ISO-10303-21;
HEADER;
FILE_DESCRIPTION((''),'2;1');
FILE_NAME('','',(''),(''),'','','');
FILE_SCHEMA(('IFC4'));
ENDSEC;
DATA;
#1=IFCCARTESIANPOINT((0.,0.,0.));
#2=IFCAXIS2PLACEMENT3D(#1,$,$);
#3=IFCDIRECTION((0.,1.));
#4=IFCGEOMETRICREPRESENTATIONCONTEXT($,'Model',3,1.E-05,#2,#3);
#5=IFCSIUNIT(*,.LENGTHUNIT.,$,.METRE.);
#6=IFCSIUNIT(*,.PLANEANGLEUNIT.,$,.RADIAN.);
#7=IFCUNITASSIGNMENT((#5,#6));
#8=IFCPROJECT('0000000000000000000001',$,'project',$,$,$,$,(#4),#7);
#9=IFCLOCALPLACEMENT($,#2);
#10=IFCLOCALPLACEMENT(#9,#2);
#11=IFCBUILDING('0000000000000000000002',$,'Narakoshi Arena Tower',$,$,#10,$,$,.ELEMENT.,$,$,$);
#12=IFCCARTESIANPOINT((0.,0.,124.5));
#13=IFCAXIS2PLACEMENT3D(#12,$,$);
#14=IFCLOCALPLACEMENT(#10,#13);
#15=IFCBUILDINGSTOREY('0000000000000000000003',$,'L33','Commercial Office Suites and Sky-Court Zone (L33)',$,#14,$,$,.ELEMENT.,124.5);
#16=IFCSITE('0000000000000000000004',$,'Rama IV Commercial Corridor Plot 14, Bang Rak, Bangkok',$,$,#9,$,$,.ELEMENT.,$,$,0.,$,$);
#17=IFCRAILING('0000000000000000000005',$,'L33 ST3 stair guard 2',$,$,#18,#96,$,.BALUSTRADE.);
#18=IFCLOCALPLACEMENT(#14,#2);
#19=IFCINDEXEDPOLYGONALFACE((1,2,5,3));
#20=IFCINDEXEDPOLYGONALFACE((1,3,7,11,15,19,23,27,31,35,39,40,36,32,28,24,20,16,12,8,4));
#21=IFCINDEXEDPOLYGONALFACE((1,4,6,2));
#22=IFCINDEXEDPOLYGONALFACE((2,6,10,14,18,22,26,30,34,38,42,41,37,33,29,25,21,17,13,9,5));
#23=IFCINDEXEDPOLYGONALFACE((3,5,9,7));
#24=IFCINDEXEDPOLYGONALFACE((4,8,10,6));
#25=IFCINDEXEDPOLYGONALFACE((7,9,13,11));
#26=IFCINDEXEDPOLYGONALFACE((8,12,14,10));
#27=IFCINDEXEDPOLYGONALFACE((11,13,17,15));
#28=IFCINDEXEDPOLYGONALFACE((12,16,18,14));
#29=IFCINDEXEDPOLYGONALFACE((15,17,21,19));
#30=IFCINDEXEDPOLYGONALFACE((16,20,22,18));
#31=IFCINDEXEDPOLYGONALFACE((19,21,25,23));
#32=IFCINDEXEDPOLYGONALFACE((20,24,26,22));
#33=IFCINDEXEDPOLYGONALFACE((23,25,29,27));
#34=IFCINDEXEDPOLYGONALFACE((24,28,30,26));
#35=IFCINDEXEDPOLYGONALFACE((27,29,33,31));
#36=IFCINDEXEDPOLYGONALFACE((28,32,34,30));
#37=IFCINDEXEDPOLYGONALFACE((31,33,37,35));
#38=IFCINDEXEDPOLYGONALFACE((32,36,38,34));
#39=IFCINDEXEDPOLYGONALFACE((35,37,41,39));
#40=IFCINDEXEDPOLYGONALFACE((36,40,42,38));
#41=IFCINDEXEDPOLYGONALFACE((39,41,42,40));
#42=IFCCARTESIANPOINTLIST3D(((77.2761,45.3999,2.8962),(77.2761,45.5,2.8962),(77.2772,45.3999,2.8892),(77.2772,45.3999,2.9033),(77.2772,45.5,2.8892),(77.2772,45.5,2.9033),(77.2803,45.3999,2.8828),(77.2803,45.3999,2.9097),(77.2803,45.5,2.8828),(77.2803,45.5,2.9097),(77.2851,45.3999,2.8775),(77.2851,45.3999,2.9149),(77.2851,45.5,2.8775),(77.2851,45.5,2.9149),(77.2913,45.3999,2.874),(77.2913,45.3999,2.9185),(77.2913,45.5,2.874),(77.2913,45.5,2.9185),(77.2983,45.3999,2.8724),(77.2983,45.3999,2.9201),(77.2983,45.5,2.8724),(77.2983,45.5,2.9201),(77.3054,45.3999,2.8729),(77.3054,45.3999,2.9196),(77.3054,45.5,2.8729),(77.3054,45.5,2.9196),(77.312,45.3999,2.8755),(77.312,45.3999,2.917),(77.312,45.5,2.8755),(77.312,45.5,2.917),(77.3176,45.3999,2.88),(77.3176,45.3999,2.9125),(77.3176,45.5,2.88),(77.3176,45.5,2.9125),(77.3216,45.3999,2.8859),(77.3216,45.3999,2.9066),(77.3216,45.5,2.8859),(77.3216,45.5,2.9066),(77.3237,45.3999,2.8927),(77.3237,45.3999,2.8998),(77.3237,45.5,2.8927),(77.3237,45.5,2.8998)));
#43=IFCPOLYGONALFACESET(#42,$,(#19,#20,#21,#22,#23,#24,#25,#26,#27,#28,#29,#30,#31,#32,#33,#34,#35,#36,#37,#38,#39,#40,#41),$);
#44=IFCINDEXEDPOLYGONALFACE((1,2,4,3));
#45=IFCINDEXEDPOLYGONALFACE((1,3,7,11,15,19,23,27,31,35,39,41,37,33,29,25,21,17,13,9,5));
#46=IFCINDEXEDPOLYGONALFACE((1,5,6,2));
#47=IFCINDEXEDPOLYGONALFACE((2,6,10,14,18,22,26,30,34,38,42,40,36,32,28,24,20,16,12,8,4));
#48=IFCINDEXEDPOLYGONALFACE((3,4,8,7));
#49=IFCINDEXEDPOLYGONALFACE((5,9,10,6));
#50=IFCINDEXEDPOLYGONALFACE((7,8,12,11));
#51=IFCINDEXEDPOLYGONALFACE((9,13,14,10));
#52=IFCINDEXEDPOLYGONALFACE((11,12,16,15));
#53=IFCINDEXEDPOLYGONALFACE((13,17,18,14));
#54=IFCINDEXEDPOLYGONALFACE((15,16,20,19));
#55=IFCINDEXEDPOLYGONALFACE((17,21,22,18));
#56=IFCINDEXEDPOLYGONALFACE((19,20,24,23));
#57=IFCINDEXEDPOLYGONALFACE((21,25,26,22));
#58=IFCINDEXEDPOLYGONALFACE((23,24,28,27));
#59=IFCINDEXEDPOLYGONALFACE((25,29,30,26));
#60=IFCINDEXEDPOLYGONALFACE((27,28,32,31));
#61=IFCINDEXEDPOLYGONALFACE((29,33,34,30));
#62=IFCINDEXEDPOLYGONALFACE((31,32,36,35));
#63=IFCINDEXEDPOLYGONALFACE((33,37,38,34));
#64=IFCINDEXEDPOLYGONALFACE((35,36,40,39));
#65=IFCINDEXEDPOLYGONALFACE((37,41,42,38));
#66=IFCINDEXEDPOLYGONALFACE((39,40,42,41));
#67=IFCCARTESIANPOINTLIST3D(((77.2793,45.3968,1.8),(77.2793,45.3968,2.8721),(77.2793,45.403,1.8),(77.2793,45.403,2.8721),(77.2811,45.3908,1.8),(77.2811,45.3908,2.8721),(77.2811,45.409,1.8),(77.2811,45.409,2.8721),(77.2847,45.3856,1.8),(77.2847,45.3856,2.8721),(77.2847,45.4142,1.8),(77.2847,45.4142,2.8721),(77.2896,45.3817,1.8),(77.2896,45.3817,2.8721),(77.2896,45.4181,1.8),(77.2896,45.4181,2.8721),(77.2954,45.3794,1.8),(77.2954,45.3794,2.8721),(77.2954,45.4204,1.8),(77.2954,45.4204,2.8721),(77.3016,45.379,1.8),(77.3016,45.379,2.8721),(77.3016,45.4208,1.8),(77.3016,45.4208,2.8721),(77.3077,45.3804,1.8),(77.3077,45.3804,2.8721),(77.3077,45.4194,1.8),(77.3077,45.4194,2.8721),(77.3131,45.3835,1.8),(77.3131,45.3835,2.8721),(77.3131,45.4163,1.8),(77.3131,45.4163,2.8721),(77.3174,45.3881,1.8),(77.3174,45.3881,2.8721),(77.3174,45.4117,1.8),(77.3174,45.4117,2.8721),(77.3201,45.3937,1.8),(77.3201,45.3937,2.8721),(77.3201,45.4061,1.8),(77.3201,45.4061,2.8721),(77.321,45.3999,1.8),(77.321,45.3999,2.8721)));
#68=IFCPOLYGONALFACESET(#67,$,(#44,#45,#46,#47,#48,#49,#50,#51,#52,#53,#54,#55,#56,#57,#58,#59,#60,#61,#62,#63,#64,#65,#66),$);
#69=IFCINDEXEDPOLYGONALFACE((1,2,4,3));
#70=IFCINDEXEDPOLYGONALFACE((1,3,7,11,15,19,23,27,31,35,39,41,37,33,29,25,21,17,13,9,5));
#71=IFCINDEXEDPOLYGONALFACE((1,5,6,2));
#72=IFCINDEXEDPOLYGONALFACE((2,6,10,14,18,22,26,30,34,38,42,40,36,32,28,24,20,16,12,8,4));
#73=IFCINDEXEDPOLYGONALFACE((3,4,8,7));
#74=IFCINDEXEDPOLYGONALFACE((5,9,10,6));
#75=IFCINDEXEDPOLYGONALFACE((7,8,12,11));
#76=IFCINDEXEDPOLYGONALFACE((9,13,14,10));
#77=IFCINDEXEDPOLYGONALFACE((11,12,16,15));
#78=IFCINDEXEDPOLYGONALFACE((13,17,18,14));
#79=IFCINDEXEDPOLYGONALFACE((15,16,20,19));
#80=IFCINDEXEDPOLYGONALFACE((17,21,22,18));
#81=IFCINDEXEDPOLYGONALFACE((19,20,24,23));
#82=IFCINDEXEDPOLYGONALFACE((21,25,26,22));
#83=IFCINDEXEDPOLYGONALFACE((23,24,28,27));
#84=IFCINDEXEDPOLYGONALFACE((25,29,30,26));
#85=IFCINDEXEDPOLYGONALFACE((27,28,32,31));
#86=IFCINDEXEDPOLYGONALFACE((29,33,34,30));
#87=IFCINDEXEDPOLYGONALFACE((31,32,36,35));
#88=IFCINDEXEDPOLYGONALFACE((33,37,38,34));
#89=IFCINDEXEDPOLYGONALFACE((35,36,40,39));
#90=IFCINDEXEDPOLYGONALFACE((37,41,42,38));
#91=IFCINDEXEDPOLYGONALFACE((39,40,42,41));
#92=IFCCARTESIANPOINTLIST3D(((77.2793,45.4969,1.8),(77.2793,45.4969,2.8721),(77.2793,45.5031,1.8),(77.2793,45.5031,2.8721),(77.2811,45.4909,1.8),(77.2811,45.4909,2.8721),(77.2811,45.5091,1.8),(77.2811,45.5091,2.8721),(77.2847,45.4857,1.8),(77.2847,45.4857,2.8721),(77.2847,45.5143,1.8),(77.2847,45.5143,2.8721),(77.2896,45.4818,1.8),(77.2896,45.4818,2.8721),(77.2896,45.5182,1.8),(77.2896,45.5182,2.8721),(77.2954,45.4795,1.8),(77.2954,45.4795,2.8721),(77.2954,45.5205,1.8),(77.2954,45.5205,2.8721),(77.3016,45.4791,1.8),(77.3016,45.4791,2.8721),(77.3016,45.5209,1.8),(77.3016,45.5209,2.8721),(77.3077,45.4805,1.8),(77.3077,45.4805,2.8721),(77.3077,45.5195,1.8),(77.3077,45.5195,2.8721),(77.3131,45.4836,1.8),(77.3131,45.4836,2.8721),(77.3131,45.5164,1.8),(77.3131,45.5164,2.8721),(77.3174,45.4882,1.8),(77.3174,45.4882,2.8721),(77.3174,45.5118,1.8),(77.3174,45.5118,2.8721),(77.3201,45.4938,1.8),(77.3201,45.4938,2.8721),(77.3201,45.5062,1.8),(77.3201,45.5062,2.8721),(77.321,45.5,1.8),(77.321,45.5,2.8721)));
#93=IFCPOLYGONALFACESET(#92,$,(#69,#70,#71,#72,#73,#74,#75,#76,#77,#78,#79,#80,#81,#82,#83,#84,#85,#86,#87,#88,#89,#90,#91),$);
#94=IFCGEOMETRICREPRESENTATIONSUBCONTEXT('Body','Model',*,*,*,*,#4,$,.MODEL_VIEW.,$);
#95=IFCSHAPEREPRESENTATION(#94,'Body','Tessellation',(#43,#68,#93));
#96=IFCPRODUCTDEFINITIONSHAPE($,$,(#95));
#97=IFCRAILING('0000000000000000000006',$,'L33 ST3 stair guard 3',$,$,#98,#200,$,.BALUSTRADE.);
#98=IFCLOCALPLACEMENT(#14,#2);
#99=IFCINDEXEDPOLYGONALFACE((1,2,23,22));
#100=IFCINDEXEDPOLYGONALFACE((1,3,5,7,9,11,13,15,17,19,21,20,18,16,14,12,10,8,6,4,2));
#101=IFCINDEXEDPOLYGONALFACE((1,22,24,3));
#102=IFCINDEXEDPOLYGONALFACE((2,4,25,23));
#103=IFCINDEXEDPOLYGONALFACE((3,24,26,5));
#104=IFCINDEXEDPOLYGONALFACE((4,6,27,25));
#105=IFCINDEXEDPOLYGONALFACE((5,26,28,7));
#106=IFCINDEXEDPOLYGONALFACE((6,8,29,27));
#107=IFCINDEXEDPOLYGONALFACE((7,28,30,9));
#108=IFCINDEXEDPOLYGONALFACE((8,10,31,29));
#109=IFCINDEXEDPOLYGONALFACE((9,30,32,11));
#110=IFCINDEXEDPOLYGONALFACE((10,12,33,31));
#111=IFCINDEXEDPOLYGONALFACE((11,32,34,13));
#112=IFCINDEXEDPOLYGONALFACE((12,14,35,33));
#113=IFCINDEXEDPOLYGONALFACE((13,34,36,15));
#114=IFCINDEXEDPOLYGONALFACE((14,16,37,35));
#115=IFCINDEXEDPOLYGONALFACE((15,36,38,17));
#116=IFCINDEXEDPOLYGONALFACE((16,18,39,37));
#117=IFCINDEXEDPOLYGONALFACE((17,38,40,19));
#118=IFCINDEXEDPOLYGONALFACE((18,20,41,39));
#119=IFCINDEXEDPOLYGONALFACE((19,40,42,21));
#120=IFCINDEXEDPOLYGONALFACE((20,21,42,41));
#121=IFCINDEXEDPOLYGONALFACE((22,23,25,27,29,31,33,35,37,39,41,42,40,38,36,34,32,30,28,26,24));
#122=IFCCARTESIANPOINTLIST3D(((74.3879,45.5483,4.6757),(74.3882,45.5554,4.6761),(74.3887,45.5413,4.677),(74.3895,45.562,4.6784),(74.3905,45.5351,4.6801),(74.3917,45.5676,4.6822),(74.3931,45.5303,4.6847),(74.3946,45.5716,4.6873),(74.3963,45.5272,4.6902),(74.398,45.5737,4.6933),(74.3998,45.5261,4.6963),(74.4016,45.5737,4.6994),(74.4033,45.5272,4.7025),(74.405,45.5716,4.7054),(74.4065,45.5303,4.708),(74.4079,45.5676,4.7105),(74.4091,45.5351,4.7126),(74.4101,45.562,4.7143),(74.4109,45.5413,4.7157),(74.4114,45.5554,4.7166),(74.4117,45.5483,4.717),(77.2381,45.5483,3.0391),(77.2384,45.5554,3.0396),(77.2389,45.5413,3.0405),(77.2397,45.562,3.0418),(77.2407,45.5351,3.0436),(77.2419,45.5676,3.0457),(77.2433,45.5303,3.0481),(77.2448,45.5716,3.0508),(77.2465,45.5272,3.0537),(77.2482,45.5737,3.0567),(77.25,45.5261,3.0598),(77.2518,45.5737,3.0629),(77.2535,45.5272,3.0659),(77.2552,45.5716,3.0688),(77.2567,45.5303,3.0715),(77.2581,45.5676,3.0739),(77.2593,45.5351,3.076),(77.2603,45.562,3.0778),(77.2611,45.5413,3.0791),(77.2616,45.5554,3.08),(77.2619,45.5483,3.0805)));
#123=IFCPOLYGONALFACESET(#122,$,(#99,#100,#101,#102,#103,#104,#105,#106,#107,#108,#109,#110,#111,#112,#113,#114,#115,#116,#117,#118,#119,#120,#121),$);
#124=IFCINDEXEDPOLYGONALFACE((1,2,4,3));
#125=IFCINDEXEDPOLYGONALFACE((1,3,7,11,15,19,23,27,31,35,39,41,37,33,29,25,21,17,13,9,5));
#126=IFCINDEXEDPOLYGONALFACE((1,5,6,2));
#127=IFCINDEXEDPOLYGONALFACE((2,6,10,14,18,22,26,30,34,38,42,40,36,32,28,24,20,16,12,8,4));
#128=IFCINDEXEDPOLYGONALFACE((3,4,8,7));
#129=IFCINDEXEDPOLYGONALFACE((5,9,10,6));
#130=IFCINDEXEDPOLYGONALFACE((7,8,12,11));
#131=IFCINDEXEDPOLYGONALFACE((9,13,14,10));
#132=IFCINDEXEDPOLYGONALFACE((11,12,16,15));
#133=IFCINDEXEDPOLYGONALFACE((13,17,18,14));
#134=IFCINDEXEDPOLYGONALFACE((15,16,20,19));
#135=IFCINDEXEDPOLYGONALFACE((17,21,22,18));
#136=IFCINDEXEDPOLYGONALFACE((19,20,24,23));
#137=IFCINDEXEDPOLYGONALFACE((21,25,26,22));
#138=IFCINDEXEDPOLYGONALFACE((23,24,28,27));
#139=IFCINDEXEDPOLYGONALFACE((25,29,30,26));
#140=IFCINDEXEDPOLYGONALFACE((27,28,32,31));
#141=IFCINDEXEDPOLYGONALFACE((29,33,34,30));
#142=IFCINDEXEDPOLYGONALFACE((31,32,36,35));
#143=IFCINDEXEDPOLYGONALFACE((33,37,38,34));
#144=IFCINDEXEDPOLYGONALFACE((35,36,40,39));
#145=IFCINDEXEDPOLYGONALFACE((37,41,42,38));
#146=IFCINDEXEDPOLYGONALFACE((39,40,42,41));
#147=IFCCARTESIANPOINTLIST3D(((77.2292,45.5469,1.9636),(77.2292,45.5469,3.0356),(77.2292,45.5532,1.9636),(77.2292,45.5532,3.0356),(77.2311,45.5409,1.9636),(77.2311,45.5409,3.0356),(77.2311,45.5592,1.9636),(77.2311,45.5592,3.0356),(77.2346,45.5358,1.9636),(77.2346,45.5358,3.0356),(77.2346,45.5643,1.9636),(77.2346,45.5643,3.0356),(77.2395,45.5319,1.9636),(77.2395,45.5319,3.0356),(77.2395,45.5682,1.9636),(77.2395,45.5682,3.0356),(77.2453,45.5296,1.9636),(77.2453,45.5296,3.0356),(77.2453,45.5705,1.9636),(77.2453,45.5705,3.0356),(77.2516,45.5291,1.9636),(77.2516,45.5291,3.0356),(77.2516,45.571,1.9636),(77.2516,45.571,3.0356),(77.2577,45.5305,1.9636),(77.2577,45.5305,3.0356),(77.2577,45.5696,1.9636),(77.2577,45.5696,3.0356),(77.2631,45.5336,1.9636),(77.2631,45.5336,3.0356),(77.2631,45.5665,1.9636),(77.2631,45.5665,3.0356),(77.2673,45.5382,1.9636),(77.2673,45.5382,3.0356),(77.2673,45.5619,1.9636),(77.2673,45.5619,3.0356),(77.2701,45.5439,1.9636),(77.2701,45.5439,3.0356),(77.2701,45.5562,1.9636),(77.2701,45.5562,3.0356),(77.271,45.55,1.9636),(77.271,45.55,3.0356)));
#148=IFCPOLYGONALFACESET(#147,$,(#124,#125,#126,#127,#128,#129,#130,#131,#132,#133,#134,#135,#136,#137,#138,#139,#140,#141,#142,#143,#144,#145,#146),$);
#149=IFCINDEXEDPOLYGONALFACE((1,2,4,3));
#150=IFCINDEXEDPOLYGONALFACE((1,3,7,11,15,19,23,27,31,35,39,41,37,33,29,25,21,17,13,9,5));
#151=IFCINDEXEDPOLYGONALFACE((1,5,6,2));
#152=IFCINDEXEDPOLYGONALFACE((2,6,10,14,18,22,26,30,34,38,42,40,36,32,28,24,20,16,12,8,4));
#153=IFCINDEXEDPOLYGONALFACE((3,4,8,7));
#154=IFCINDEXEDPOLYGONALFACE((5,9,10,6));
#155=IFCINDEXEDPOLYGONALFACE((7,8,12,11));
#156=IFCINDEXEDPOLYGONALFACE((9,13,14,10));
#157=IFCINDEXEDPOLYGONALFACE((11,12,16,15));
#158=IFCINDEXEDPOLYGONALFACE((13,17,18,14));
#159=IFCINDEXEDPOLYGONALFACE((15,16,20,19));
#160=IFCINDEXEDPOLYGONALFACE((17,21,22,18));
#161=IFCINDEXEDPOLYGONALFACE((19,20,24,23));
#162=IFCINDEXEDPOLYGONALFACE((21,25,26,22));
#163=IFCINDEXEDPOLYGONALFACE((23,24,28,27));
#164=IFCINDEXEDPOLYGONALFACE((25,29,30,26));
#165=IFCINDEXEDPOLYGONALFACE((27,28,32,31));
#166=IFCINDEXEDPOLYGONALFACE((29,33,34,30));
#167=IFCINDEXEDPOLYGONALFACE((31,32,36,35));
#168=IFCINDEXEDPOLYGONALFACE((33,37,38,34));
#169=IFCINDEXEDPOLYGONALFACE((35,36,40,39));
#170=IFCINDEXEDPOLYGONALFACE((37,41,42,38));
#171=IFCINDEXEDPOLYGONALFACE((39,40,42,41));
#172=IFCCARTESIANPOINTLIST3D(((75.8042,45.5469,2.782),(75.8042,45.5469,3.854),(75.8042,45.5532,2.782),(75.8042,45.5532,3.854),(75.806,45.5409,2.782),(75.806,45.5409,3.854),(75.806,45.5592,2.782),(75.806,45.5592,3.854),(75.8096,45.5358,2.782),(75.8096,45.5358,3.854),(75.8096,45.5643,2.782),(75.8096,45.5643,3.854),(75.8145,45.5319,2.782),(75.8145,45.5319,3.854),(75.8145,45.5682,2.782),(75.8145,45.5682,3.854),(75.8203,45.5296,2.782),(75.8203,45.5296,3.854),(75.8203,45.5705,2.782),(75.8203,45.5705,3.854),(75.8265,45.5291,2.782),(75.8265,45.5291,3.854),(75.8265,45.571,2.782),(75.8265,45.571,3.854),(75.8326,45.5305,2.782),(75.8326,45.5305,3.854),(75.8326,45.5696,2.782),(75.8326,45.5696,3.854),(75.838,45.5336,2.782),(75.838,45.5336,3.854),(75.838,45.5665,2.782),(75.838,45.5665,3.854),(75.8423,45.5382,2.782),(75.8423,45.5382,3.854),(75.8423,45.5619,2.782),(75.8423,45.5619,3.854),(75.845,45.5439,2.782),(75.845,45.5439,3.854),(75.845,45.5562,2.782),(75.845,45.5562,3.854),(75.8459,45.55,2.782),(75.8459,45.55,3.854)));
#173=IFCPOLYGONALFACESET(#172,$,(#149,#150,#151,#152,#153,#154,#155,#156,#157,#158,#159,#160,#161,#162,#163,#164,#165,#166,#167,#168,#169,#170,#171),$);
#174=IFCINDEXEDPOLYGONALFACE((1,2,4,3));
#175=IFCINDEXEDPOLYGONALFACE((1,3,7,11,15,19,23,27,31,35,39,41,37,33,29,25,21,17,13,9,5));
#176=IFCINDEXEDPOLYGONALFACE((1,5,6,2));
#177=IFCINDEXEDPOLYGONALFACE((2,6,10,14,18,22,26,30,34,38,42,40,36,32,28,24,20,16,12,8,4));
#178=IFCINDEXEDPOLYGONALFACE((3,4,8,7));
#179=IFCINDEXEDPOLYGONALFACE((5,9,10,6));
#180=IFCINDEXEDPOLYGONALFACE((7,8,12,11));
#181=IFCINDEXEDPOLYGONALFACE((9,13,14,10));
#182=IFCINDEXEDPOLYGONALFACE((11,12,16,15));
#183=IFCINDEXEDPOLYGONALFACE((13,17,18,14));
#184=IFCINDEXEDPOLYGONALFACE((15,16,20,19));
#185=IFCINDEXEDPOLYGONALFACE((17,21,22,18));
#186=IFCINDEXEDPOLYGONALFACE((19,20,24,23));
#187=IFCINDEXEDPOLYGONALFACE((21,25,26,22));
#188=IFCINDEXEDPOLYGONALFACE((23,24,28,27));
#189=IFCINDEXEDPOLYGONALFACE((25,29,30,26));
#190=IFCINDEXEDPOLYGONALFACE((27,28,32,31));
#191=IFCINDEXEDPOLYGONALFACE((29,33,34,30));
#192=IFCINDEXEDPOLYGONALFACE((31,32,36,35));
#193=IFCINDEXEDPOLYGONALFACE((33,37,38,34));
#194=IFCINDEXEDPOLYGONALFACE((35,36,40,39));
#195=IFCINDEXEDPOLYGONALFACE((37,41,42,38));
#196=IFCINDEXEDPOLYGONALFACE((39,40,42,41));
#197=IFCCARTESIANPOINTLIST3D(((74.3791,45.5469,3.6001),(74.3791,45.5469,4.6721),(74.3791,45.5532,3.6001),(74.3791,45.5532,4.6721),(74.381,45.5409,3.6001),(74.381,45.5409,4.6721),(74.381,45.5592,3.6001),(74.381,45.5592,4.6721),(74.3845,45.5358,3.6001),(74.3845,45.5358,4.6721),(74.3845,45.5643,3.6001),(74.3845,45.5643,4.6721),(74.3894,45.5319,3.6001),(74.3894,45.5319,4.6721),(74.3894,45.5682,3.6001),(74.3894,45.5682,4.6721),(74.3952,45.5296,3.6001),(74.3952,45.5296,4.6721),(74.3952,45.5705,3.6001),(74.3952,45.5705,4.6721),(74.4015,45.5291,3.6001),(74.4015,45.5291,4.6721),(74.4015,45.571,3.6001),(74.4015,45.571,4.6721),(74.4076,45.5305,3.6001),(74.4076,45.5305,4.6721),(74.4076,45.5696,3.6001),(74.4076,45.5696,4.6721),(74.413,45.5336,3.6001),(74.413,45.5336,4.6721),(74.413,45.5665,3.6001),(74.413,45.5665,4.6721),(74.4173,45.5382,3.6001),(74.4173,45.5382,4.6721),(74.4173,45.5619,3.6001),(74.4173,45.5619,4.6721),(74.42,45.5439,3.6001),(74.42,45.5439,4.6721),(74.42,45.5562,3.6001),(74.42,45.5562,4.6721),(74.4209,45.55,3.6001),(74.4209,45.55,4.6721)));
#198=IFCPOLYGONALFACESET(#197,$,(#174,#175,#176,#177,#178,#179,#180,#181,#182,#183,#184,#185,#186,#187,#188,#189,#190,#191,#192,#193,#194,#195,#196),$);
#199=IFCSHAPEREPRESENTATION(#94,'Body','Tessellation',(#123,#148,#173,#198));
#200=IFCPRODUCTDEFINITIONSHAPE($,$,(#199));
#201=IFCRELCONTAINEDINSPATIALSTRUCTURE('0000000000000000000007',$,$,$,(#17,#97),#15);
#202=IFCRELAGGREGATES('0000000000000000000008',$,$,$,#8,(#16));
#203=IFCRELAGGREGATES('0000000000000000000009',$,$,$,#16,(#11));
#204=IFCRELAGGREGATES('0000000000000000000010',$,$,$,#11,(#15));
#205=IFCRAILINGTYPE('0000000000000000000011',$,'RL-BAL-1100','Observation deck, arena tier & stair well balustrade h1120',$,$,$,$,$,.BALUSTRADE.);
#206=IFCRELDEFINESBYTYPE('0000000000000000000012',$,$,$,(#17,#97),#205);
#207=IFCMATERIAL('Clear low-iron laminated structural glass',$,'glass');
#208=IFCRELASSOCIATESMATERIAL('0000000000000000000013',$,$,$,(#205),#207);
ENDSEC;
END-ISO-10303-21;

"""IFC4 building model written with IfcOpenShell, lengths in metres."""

from ifc_helpers import new_model, si_unit, direction, frame, origin, origin_2d, place, context, subcontext, project, spatial, circle, extrude, material, type_object, element, save


model = new_model("IFC4")

# Units and contexts
model_context = context("Model", 3, precision=1e-05, world=origin(), true_north=direction((0.0, 1.0)))
body_context = subcontext(model_context, "Body", "Model", "MODEL_VIEW")
ifc_project = project(units=[si_unit("LENGTHUNIT", "METRE"), si_unit("PLANEANGLEUNIT", "RADIAN")], contexts=[model_context])

# Site, building, storey
site_placement = place(None, origin())
site = spatial("IfcSite", under=ifc_project, at=site_placement, Name="Rama IV Commercial Corridor Plot 14, Bang Rak, Bangkok", CompositionType="ELEMENT", RefElevation=0.0)
building_placement = place(site_placement, origin())
building = spatial("IfcBuilding", under=site, at=building_placement, Name="Narakoshi Arena Tower", CompositionType="ELEMENT")
storey_placement = place(building_placement, frame((0.0, 0.0, 124.5)))
storey = spatial("IfcBuildingStorey", under=building, at=storey_placement, Name="L33", Description="Commercial Office Suites and Sky-Court Zone (L33)", CompositionType="ELEMENT", Elevation=124.5)

# Railings
ifc_material_1 = material(Name="Clear low-iron laminated structural glass", Category="glass")
railing_type_1 = type_object("IfcRailingType", Name="RL-BAL-1100", Description="Observation deck, arena tier & stair well balustrade h1120", PredefinedType="BALUSTRADE", material=ifc_material_1)
railing_1_placement = place(storey_placement, frame((77.3, 45.3999, 1.8)))
element("IfcRailing", 1, at=railing_1_placement, inside=storey, type_object=railing_type_1, Name="L33 ST3 stair guard 2", PredefinedType="BALUSTRADE", context=body_context, shape_type="SweptSolid", body=[
    extrude(circle(Radius=0.0239, at=origin_2d()), frame((0.0, 0.0, 1.0962), z_axis=(0.0, 1.0, 0.0), x_axis=(-1.0, 0.0, 0.0)), (0.0, 0.0, 1.0), 0.1001),
    extrude(circle(Radius=0.021, at=origin_2d()), origin(), (0.0, 0.0, 1.0), 1.072),
    extrude(circle(Radius=0.021, at=origin_2d()), frame((0.0, 0.1001, 0.0)), (0.0, 0.0, 1.0), 1.072),
])
railing_2_placement = place(storey_placement, frame((77.25, 45.55, 1.9636)))
element("IfcRailing", 2, at=railing_2_placement, inside=storey, type_object=railing_type_1, Name="L33 ST3 stair guard 3", PredefinedType="BALUSTRADE", context=body_context, shape_type="SweptSolid", body=[
    extrude(circle(Radius=0.0239, at=origin_2d()), frame((0.0, 0.0, 1.0962), z_axis=(-0.867213, 0.0, 0.497938), x_axis=(0.0, -1.0, 0.0)), (0.0, 0.0, 1.0), 3.2866),
    extrude(circle(Radius=0.021, at=origin_2d()), origin(), (0.0, 0.0, 1.0), 1.072),
    extrude(circle(Radius=0.021, at=origin_2d()), frame((-1.425, 0.0, 0.8184)), (0.0, 0.0, 1.0), 1.072),
    extrude(circle(Radius=0.021, at=origin_2d()), frame((-2.8501, 0.0, 1.6365)), (0.0, 0.0, 1.0), 1.072),
])

save(model, "model.ifc")
